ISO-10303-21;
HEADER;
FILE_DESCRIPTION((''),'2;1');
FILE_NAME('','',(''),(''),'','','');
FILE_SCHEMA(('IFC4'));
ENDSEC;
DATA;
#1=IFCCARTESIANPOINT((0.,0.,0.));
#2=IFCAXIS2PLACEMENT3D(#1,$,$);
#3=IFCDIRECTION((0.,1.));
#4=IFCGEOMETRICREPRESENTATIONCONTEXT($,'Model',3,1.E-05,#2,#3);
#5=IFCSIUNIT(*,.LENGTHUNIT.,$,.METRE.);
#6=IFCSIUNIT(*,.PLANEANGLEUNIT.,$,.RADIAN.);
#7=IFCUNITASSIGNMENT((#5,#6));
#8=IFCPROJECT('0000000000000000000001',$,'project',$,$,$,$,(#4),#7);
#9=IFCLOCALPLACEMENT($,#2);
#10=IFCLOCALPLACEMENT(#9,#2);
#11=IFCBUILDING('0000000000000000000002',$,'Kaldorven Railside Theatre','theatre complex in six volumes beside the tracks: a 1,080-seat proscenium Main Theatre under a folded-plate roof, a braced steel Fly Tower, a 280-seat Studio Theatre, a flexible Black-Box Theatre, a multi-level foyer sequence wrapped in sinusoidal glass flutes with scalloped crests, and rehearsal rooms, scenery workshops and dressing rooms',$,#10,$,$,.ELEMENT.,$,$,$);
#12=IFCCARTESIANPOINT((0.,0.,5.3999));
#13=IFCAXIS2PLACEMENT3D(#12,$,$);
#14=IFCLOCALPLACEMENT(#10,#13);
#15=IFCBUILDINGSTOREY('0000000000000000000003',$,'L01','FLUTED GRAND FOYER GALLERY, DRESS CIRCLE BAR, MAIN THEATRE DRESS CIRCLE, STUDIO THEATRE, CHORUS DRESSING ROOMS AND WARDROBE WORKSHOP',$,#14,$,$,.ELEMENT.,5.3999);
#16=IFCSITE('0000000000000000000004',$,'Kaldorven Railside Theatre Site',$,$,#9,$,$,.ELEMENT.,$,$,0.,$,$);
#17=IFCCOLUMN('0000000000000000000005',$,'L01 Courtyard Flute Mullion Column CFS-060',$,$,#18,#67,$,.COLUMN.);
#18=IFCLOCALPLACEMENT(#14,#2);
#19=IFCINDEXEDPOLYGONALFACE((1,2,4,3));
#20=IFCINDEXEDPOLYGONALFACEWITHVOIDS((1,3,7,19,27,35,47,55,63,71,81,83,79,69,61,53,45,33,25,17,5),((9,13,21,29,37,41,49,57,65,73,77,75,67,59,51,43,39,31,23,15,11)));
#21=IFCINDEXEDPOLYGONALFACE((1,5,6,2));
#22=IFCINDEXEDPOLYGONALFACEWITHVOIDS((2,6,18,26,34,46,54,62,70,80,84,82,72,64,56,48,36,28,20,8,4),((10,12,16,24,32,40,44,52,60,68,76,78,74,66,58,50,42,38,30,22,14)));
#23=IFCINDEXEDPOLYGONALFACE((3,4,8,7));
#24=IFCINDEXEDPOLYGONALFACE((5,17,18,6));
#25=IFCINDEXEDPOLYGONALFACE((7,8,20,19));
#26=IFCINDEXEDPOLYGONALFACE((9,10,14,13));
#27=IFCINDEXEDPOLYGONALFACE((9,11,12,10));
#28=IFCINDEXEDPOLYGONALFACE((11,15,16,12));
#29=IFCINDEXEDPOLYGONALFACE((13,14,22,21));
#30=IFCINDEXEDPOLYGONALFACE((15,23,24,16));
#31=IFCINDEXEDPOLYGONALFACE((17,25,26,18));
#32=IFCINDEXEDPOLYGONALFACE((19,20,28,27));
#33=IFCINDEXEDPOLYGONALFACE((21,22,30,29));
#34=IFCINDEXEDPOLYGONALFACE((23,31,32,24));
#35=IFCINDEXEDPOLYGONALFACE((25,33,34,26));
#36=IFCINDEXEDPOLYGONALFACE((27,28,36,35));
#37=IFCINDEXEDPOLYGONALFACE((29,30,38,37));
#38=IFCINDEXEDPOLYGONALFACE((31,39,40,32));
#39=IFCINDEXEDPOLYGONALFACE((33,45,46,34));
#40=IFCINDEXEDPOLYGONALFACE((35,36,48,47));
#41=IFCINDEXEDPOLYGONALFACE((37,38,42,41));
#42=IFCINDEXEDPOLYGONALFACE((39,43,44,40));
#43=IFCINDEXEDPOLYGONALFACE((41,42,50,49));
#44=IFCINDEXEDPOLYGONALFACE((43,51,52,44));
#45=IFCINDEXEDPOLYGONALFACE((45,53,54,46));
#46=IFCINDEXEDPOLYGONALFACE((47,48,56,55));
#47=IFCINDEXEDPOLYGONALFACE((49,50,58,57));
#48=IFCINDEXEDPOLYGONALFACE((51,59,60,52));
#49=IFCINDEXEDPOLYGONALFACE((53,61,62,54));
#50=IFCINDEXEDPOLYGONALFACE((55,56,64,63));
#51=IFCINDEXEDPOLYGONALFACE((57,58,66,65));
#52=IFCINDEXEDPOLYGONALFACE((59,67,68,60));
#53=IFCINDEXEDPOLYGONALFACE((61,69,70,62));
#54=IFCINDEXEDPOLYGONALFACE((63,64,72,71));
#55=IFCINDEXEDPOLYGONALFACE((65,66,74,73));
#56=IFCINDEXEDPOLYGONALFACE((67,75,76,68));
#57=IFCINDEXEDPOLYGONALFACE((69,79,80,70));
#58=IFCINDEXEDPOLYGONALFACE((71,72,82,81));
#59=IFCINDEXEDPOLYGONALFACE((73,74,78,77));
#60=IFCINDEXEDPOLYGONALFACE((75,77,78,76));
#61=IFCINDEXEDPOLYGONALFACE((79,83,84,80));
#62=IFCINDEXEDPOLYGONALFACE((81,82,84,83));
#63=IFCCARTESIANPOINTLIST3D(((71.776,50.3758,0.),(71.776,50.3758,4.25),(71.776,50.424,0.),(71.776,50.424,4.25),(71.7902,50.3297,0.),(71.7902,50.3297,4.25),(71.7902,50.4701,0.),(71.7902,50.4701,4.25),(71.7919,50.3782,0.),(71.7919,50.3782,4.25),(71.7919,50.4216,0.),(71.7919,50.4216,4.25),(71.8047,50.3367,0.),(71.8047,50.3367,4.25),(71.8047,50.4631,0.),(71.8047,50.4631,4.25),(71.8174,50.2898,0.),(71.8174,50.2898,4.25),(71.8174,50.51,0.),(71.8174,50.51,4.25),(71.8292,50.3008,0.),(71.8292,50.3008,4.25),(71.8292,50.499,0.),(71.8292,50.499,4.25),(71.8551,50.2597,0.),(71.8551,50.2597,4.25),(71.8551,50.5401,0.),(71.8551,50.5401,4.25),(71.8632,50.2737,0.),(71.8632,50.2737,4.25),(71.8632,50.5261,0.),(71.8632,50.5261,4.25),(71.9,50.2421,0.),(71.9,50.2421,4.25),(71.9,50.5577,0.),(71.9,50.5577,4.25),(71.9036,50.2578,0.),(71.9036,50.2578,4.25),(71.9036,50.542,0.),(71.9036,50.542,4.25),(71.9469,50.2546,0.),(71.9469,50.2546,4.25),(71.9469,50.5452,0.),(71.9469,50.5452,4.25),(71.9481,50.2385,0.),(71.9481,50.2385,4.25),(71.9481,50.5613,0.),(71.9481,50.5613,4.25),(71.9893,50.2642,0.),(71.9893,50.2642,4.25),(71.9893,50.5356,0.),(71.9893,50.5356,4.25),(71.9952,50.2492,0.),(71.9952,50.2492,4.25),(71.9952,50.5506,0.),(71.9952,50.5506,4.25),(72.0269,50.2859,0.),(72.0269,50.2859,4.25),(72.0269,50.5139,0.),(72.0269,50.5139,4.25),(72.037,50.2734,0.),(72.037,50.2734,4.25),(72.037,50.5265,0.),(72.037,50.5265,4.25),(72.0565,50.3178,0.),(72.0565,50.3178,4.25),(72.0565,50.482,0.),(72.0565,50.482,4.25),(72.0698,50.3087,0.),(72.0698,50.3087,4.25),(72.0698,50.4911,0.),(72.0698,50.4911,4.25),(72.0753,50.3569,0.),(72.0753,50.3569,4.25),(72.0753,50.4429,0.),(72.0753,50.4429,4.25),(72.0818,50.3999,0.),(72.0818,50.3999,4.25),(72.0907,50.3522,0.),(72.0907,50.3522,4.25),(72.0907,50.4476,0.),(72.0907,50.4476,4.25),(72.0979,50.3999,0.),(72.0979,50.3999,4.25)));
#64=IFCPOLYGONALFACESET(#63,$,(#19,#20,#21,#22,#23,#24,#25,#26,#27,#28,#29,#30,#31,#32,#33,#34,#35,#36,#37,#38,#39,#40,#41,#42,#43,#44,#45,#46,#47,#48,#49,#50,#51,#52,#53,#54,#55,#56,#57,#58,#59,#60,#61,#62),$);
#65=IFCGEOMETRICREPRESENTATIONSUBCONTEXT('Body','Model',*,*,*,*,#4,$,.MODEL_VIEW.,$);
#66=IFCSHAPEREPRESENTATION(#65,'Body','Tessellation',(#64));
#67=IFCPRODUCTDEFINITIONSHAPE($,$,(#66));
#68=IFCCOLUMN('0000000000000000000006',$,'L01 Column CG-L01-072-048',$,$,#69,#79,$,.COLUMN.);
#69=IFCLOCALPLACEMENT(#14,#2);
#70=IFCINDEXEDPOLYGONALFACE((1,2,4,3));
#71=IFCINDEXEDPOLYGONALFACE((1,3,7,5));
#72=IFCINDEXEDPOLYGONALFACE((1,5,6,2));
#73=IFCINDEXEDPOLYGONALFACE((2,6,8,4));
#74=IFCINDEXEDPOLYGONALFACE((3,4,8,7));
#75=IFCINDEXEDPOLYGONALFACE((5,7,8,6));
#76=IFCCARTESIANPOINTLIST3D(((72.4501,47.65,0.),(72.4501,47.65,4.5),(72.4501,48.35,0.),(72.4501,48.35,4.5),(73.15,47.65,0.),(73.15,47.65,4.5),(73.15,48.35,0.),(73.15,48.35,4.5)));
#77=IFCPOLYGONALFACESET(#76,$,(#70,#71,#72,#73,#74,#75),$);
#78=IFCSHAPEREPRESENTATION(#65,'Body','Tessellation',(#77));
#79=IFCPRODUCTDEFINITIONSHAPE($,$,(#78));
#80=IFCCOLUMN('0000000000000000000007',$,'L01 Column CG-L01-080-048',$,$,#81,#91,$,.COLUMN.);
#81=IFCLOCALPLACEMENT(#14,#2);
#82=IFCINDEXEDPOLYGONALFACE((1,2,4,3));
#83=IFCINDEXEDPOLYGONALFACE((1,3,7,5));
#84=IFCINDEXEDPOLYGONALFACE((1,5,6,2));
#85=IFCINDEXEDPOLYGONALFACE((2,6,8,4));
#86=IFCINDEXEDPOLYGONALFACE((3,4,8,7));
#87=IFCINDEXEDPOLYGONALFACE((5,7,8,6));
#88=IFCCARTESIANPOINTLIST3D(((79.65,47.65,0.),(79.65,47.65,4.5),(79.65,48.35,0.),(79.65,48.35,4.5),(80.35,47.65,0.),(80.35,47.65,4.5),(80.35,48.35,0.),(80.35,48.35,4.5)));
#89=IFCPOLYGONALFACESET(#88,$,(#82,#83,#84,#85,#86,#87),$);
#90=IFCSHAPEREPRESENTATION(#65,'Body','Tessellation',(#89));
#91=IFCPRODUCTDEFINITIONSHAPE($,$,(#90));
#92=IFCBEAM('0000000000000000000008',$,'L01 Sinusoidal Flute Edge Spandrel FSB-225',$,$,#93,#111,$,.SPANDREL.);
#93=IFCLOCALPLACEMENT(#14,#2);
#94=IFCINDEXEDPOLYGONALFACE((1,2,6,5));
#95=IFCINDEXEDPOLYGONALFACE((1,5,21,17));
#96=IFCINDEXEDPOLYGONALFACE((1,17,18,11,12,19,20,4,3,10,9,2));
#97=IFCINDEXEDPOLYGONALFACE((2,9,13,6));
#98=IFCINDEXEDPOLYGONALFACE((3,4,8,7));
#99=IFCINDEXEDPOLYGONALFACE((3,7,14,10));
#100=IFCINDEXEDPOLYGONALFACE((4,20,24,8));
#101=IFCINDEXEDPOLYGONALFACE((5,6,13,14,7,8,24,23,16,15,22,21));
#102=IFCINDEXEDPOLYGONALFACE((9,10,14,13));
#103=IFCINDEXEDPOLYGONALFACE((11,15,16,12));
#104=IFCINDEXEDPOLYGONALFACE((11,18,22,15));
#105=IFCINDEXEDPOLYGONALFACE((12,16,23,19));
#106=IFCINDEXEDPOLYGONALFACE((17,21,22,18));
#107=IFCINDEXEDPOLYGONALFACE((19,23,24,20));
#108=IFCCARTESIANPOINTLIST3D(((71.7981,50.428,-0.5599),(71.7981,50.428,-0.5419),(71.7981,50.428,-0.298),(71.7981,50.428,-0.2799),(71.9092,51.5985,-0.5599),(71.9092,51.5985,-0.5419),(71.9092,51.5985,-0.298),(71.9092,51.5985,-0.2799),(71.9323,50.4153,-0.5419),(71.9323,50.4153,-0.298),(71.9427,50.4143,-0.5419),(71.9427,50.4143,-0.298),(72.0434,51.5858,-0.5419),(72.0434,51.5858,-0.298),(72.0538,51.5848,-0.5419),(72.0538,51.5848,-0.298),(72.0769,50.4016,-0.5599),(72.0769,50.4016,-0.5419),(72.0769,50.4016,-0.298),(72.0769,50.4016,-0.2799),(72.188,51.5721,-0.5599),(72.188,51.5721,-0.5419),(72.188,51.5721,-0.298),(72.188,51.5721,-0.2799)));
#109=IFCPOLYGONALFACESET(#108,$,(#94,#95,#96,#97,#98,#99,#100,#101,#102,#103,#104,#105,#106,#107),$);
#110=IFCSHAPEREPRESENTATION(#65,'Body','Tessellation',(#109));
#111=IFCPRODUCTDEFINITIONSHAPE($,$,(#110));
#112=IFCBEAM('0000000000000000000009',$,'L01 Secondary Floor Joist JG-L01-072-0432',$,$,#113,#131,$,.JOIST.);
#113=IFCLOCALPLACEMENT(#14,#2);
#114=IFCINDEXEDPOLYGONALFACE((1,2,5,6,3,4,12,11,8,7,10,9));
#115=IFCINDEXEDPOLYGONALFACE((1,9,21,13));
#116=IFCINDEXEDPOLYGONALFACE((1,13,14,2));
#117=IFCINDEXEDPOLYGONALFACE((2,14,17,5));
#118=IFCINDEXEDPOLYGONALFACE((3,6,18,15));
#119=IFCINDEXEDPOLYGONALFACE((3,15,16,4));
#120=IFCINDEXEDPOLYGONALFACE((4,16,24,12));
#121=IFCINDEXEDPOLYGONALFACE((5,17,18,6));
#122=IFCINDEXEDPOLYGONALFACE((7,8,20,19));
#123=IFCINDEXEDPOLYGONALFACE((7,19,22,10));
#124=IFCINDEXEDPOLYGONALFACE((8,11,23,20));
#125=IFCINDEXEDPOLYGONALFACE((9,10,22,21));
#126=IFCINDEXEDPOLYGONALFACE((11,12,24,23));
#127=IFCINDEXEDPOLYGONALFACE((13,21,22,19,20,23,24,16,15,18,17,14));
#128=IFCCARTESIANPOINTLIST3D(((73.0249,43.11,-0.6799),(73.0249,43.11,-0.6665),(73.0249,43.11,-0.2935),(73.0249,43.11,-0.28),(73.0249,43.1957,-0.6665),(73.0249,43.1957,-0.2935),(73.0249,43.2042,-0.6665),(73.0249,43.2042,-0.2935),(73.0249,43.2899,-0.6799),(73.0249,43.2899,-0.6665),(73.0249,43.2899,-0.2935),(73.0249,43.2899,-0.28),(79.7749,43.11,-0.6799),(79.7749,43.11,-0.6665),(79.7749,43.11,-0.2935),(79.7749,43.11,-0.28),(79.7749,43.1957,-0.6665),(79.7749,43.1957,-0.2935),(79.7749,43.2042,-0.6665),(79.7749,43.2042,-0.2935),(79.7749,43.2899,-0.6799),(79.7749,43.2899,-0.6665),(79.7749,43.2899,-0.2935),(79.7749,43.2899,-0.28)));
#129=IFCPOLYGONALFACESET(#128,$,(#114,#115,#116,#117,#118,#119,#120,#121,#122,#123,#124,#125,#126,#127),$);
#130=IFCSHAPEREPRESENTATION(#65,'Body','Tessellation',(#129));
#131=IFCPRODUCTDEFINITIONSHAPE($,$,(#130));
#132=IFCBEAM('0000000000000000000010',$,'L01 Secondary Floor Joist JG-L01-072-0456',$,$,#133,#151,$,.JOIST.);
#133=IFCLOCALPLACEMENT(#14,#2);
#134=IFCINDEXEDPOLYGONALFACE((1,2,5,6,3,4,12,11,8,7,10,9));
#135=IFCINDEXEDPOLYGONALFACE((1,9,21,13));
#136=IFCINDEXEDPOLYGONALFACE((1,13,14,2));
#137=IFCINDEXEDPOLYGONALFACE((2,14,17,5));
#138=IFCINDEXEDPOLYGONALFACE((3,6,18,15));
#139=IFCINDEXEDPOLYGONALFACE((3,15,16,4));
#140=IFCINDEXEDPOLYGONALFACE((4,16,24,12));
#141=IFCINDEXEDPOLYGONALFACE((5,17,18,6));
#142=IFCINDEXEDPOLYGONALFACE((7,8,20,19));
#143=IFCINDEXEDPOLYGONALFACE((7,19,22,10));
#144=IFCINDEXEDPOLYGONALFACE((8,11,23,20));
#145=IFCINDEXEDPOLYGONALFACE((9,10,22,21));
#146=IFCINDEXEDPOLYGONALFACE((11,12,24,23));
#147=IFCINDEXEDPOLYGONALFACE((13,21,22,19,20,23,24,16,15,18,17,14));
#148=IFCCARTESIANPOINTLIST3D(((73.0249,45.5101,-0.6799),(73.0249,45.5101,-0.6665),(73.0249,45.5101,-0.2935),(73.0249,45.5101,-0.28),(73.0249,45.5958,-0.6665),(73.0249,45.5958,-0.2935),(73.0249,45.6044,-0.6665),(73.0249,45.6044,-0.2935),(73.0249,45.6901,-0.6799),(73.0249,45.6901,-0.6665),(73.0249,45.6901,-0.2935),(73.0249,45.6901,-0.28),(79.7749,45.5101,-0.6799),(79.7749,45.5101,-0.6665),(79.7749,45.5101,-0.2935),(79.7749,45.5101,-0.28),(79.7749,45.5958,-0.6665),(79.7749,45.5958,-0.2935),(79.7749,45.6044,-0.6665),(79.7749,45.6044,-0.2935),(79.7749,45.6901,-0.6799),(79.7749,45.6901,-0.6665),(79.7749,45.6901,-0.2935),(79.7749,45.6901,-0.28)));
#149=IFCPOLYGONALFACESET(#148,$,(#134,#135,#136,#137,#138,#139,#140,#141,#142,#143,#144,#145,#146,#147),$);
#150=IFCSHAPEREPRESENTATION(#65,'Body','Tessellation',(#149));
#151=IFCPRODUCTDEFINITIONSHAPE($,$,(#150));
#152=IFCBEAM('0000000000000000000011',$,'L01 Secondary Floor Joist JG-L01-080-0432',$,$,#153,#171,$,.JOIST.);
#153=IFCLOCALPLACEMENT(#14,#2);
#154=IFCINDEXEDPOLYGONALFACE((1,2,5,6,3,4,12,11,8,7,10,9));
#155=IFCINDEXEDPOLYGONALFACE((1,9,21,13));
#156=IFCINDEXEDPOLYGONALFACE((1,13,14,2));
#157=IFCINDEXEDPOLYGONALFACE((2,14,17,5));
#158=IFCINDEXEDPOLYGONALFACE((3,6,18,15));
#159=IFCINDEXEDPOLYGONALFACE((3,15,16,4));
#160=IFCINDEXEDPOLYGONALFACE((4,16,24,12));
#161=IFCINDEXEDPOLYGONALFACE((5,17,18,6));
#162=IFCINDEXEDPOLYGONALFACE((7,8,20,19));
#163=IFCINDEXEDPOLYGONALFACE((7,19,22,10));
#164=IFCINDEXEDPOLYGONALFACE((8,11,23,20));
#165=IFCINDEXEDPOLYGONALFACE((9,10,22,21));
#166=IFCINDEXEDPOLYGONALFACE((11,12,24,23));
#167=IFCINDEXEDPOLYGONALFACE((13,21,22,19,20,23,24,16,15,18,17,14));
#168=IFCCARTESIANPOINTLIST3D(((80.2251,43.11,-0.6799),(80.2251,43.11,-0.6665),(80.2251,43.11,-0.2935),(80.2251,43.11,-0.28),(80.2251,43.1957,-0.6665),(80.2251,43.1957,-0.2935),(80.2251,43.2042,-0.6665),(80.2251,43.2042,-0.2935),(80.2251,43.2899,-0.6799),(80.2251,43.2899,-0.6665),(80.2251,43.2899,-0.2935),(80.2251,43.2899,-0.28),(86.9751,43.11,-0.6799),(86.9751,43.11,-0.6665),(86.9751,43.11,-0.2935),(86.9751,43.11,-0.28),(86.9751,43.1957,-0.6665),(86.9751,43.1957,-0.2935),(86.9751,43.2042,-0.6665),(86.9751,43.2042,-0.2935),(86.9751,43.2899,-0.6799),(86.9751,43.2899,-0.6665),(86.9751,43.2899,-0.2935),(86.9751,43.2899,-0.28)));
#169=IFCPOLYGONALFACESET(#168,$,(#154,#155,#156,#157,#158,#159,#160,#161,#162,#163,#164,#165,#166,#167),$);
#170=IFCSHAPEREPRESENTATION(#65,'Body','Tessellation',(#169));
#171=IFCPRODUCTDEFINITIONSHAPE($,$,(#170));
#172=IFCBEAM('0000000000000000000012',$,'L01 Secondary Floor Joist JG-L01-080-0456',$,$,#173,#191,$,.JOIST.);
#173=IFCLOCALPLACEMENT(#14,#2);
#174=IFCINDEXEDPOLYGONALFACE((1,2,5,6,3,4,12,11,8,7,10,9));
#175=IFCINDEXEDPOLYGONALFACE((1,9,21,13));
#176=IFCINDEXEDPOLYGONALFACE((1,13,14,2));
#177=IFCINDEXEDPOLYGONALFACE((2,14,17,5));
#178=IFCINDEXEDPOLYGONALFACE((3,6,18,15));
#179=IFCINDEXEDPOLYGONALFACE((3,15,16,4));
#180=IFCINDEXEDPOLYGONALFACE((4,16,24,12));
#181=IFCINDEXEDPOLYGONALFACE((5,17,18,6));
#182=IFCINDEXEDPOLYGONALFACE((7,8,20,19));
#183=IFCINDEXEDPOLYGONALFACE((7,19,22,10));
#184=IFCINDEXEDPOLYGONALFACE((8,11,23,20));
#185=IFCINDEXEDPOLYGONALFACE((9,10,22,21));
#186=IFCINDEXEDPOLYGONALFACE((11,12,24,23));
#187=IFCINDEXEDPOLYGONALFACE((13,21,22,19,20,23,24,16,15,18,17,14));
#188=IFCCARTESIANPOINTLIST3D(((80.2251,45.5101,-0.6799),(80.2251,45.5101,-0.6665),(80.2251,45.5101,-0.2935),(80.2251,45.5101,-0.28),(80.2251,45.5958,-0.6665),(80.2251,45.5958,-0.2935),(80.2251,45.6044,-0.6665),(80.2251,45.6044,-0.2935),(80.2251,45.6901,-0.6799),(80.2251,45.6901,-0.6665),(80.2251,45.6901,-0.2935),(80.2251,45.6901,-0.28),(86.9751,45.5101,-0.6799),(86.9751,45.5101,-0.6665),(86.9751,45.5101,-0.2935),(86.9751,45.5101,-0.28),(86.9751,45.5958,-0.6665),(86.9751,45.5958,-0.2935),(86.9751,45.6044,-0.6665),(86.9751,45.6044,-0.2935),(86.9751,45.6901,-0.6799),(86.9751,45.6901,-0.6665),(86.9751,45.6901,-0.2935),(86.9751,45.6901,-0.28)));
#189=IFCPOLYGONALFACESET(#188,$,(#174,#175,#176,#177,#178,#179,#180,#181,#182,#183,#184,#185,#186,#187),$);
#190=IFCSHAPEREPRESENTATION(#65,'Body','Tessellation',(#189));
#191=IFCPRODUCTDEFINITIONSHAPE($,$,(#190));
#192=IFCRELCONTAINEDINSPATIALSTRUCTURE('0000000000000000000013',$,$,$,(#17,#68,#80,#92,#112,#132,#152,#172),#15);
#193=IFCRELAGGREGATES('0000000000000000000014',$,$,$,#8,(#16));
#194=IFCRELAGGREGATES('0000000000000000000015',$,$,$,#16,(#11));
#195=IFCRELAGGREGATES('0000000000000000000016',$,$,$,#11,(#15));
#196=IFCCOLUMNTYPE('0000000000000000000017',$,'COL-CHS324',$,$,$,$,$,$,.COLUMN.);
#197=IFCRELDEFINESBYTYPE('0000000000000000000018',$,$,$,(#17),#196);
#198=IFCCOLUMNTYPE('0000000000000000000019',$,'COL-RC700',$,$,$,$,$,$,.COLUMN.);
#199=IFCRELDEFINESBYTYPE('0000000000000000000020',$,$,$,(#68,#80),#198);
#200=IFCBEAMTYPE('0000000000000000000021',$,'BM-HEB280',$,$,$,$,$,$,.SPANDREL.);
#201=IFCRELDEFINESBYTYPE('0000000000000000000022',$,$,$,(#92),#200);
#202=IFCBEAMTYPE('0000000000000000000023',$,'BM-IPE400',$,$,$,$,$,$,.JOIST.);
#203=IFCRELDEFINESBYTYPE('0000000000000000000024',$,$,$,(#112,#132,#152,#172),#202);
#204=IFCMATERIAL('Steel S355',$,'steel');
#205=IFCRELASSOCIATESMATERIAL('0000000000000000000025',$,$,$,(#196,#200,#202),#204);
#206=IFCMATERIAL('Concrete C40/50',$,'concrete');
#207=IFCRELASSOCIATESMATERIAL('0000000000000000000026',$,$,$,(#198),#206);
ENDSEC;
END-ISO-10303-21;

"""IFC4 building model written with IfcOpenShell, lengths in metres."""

from ifc_helpers import new_model, si_unit, direction, frame, origin, origin_2d, place, context, subcontext, project, spatial, rectangle, hollow_circle, i_section, extrude, material, material_profile, profile_set, type_object, element, save


model = new_model("IFC4")

# Units and contexts
model_context = context("Model", 3, precision=1e-05, world=origin(), true_north=direction((0.0, 1.0)))
body_context = subcontext(model_context, "Body", "Model", "MODEL_VIEW")
ifc_project = project(units=[si_unit("LENGTHUNIT", "METRE"), si_unit("PLANEANGLEUNIT", "RADIAN")], contexts=[model_context])

# Site, building, storey
site_placement = place(None, origin())
site = spatial("IfcSite", under=ifc_project, at=site_placement, Name="Kaldorven Railside Theatre Site", CompositionType="ELEMENT", RefElevation=0.0)
building_placement = place(site_placement, origin())
building = spatial("IfcBuilding", under=site, at=building_placement, Name="Kaldorven Railside Theatre", Description="theatre complex in six volumes beside the tracks: a 1,080-seat proscenium Main Theatre under a folded-plate roof, a braced steel Fly Tower, a 280-seat Studio Theatre, a flexible Black-Box Theatre, a multi-level foyer sequence wrapped in sinusoidal glass flutes with scalloped crests, and rehearsal rooms, scenery workshops and dressing rooms", CompositionType="ELEMENT")
storey_placement = place(building_placement, frame((0.0, 0.0, 5.3999)))
storey = spatial("IfcBuildingStorey", under=building, at=storey_placement, Name="L01", Description="FLUTED GRAND FOYER GALLERY, DRESS CIRCLE BAR, MAIN THEATRE DRESS CIRCLE, STUDIO THEATRE, CHORUS DRESSING ROOMS AND WARDROBE WORKSHOP", CompositionType="ELEMENT", Elevation=5.3999)

# Columns
ifc_material_1 = material(Name="Steel S355", Category="steel")
ifc_material_profile_1 = material_profile(ifc_material_1, hollow_circle(Radius=0.1619, WallThickness=0.0161, at=origin_2d()), Name="CHS 323.9x16")
ifc_profile_set_1 = profile_set([ifc_material_profile_1], Name="Steel S355")
column_type_1 = type_object("IfcColumnType", Name="COL-CHS324", PredefinedType="COLUMN", material=ifc_profile_set_1)
column_placement = place(storey_placement, frame((71.936, 50.3999, 0.0), z_axis=(0.0, 0.0, 1.0), x_axis=(1.0, 0.0, 0.0)))
element("IfcColumn", 1, at=column_placement, inside=storey, type_object=column_type_1, Name="L01 Courtyard Flute Mullion Column CFS-060", PredefinedType="COLUMN", context=body_context, shape_type="SweptSolid", body=[
    extrude(hollow_circle(Radius=0.1619, WallThickness=0.0161, at=origin_2d()), origin(), (0.0, 0.0, 1.0), 4.25),
])
ifc_material_2 = material(Name="Concrete C40/50", Category="concrete")
ifc_material_profile_2 = material_profile(ifc_material_2, rectangle(XDim=0.7, YDim=0.7, at=origin_2d()), Name="RC 700x700")
ifc_profile_set_2 = profile_set([ifc_material_profile_2], Name="Concrete C40/50")
column_type_2 = type_object("IfcColumnType", Name="COL-RC700", PredefinedType="COLUMN", material=ifc_profile_set_2)
for number, where, z_axis, x_axis, name in (
    (2, (72.8, 48.0, 0.0), (0.0, 0.0, 1.0), (1.0, 0.0, 0.0), "L01 Column CG-L01-072-048"),
    (3, (80.0, 48.0, 0.0), (0.0, 0.0, 1.0), (1.0, 0.0, 0.0), "L01 Column CG-L01-080-048"),
):
    element("IfcColumn", number, at=place(storey_placement, frame(where, z_axis=z_axis, x_axis=x_axis)), inside=storey, type_object=column_type_2, Name=name, PredefinedType="COLUMN", context=body_context, shape_type="SweptSolid", body=[
        extrude(rectangle(XDim=0.7, YDim=0.7, at=origin_2d()), origin(), (0.0, 0.0, 1.0), 4.5),
    ])

# Beams
ifc_material_profile_3 = material_profile(ifc_material_1, i_section(OverallWidth=0.28, OverallDepth=0.28, WebThickness=0.0105, FlangeThickness=0.0181, at=origin_2d()), Name="HEB 280")
ifc_profile_set_3 = profile_set([ifc_material_profile_3], Name="Steel S355")
beam_type_1 = type_object("IfcBeamType", Name="BM-HEB280", PredefinedType="SPANDREL", material=ifc_profile_set_3)
beam_1_placement = place(storey_placement, frame((71.9375, 50.4148, -0.4199), z_axis=(0.094486, 0.995526, 0.0), x_axis=(-0.995526, 0.094486, 0.0)))
element("IfcBeam", 4, at=beam_1_placement, inside=storey, type_object=beam_type_1, Name="L01 Sinusoidal Flute Edge Spandrel FSB-225", PredefinedType="SPANDREL", context=body_context, shape_type="SweptSolid", body=[
    extrude(i_section(OverallWidth=0.28, OverallDepth=0.28, WebThickness=0.0105, FlangeThickness=0.0181, at=origin_2d()), origin(), (0.0, 0.0, 1.0), 1.1758),
])
ifc_material_profile_4 = material_profile(ifc_material_1, i_section(OverallWidth=0.1799, OverallDepth=0.3999, WebThickness=0.0085, FlangeThickness=0.0134, at=origin_2d()), Name="IPE 400")
ifc_profile_set_4 = profile_set([ifc_material_profile_4], Name="Steel S355")
beam_type_2 = type_object("IfcBeamType", Name="BM-IPE400", PredefinedType="JOIST", material=ifc_profile_set_4)
for number, where, z_axis, x_axis, name in (
    (5, (73.0249, 43.2, -0.48), (1.0, 0.0, 0.0), (0.0, 1.0, 0.0), "L01 Secondary Floor Joist JG-L01-072-0432"),
    (6, (73.0249, 45.6001, -0.48), (1.0, 0.0, 0.0), (0.0, 1.0, 0.0), "L01 Secondary Floor Joist JG-L01-072-0456"),
    (7, (80.2251, 43.2, -0.48), (1.0, 0.0, 0.0), (0.0, 1.0, 0.0), "L01 Secondary Floor Joist JG-L01-080-0432"),
    (8, (80.2251, 45.6001, -0.48), (1.0, 0.0, 0.0), (0.0, 1.0, 0.0), "L01 Secondary Floor Joist JG-L01-080-0456"),
):
    element("IfcBeam", number, at=place(storey_placement, frame(where, z_axis=z_axis, x_axis=x_axis)), inside=storey, type_object=beam_type_2, Name=name, PredefinedType="JOIST", context=body_context, shape_type="SweptSolid", body=[
        extrude(i_section(OverallWidth=0.1799, OverallDepth=0.3999, WebThickness=0.0085, FlangeThickness=0.0134, at=origin_2d()), origin(), (0.0, 0.0, 1.0), 6.75),
    ])

save(model, "model.ifc")
